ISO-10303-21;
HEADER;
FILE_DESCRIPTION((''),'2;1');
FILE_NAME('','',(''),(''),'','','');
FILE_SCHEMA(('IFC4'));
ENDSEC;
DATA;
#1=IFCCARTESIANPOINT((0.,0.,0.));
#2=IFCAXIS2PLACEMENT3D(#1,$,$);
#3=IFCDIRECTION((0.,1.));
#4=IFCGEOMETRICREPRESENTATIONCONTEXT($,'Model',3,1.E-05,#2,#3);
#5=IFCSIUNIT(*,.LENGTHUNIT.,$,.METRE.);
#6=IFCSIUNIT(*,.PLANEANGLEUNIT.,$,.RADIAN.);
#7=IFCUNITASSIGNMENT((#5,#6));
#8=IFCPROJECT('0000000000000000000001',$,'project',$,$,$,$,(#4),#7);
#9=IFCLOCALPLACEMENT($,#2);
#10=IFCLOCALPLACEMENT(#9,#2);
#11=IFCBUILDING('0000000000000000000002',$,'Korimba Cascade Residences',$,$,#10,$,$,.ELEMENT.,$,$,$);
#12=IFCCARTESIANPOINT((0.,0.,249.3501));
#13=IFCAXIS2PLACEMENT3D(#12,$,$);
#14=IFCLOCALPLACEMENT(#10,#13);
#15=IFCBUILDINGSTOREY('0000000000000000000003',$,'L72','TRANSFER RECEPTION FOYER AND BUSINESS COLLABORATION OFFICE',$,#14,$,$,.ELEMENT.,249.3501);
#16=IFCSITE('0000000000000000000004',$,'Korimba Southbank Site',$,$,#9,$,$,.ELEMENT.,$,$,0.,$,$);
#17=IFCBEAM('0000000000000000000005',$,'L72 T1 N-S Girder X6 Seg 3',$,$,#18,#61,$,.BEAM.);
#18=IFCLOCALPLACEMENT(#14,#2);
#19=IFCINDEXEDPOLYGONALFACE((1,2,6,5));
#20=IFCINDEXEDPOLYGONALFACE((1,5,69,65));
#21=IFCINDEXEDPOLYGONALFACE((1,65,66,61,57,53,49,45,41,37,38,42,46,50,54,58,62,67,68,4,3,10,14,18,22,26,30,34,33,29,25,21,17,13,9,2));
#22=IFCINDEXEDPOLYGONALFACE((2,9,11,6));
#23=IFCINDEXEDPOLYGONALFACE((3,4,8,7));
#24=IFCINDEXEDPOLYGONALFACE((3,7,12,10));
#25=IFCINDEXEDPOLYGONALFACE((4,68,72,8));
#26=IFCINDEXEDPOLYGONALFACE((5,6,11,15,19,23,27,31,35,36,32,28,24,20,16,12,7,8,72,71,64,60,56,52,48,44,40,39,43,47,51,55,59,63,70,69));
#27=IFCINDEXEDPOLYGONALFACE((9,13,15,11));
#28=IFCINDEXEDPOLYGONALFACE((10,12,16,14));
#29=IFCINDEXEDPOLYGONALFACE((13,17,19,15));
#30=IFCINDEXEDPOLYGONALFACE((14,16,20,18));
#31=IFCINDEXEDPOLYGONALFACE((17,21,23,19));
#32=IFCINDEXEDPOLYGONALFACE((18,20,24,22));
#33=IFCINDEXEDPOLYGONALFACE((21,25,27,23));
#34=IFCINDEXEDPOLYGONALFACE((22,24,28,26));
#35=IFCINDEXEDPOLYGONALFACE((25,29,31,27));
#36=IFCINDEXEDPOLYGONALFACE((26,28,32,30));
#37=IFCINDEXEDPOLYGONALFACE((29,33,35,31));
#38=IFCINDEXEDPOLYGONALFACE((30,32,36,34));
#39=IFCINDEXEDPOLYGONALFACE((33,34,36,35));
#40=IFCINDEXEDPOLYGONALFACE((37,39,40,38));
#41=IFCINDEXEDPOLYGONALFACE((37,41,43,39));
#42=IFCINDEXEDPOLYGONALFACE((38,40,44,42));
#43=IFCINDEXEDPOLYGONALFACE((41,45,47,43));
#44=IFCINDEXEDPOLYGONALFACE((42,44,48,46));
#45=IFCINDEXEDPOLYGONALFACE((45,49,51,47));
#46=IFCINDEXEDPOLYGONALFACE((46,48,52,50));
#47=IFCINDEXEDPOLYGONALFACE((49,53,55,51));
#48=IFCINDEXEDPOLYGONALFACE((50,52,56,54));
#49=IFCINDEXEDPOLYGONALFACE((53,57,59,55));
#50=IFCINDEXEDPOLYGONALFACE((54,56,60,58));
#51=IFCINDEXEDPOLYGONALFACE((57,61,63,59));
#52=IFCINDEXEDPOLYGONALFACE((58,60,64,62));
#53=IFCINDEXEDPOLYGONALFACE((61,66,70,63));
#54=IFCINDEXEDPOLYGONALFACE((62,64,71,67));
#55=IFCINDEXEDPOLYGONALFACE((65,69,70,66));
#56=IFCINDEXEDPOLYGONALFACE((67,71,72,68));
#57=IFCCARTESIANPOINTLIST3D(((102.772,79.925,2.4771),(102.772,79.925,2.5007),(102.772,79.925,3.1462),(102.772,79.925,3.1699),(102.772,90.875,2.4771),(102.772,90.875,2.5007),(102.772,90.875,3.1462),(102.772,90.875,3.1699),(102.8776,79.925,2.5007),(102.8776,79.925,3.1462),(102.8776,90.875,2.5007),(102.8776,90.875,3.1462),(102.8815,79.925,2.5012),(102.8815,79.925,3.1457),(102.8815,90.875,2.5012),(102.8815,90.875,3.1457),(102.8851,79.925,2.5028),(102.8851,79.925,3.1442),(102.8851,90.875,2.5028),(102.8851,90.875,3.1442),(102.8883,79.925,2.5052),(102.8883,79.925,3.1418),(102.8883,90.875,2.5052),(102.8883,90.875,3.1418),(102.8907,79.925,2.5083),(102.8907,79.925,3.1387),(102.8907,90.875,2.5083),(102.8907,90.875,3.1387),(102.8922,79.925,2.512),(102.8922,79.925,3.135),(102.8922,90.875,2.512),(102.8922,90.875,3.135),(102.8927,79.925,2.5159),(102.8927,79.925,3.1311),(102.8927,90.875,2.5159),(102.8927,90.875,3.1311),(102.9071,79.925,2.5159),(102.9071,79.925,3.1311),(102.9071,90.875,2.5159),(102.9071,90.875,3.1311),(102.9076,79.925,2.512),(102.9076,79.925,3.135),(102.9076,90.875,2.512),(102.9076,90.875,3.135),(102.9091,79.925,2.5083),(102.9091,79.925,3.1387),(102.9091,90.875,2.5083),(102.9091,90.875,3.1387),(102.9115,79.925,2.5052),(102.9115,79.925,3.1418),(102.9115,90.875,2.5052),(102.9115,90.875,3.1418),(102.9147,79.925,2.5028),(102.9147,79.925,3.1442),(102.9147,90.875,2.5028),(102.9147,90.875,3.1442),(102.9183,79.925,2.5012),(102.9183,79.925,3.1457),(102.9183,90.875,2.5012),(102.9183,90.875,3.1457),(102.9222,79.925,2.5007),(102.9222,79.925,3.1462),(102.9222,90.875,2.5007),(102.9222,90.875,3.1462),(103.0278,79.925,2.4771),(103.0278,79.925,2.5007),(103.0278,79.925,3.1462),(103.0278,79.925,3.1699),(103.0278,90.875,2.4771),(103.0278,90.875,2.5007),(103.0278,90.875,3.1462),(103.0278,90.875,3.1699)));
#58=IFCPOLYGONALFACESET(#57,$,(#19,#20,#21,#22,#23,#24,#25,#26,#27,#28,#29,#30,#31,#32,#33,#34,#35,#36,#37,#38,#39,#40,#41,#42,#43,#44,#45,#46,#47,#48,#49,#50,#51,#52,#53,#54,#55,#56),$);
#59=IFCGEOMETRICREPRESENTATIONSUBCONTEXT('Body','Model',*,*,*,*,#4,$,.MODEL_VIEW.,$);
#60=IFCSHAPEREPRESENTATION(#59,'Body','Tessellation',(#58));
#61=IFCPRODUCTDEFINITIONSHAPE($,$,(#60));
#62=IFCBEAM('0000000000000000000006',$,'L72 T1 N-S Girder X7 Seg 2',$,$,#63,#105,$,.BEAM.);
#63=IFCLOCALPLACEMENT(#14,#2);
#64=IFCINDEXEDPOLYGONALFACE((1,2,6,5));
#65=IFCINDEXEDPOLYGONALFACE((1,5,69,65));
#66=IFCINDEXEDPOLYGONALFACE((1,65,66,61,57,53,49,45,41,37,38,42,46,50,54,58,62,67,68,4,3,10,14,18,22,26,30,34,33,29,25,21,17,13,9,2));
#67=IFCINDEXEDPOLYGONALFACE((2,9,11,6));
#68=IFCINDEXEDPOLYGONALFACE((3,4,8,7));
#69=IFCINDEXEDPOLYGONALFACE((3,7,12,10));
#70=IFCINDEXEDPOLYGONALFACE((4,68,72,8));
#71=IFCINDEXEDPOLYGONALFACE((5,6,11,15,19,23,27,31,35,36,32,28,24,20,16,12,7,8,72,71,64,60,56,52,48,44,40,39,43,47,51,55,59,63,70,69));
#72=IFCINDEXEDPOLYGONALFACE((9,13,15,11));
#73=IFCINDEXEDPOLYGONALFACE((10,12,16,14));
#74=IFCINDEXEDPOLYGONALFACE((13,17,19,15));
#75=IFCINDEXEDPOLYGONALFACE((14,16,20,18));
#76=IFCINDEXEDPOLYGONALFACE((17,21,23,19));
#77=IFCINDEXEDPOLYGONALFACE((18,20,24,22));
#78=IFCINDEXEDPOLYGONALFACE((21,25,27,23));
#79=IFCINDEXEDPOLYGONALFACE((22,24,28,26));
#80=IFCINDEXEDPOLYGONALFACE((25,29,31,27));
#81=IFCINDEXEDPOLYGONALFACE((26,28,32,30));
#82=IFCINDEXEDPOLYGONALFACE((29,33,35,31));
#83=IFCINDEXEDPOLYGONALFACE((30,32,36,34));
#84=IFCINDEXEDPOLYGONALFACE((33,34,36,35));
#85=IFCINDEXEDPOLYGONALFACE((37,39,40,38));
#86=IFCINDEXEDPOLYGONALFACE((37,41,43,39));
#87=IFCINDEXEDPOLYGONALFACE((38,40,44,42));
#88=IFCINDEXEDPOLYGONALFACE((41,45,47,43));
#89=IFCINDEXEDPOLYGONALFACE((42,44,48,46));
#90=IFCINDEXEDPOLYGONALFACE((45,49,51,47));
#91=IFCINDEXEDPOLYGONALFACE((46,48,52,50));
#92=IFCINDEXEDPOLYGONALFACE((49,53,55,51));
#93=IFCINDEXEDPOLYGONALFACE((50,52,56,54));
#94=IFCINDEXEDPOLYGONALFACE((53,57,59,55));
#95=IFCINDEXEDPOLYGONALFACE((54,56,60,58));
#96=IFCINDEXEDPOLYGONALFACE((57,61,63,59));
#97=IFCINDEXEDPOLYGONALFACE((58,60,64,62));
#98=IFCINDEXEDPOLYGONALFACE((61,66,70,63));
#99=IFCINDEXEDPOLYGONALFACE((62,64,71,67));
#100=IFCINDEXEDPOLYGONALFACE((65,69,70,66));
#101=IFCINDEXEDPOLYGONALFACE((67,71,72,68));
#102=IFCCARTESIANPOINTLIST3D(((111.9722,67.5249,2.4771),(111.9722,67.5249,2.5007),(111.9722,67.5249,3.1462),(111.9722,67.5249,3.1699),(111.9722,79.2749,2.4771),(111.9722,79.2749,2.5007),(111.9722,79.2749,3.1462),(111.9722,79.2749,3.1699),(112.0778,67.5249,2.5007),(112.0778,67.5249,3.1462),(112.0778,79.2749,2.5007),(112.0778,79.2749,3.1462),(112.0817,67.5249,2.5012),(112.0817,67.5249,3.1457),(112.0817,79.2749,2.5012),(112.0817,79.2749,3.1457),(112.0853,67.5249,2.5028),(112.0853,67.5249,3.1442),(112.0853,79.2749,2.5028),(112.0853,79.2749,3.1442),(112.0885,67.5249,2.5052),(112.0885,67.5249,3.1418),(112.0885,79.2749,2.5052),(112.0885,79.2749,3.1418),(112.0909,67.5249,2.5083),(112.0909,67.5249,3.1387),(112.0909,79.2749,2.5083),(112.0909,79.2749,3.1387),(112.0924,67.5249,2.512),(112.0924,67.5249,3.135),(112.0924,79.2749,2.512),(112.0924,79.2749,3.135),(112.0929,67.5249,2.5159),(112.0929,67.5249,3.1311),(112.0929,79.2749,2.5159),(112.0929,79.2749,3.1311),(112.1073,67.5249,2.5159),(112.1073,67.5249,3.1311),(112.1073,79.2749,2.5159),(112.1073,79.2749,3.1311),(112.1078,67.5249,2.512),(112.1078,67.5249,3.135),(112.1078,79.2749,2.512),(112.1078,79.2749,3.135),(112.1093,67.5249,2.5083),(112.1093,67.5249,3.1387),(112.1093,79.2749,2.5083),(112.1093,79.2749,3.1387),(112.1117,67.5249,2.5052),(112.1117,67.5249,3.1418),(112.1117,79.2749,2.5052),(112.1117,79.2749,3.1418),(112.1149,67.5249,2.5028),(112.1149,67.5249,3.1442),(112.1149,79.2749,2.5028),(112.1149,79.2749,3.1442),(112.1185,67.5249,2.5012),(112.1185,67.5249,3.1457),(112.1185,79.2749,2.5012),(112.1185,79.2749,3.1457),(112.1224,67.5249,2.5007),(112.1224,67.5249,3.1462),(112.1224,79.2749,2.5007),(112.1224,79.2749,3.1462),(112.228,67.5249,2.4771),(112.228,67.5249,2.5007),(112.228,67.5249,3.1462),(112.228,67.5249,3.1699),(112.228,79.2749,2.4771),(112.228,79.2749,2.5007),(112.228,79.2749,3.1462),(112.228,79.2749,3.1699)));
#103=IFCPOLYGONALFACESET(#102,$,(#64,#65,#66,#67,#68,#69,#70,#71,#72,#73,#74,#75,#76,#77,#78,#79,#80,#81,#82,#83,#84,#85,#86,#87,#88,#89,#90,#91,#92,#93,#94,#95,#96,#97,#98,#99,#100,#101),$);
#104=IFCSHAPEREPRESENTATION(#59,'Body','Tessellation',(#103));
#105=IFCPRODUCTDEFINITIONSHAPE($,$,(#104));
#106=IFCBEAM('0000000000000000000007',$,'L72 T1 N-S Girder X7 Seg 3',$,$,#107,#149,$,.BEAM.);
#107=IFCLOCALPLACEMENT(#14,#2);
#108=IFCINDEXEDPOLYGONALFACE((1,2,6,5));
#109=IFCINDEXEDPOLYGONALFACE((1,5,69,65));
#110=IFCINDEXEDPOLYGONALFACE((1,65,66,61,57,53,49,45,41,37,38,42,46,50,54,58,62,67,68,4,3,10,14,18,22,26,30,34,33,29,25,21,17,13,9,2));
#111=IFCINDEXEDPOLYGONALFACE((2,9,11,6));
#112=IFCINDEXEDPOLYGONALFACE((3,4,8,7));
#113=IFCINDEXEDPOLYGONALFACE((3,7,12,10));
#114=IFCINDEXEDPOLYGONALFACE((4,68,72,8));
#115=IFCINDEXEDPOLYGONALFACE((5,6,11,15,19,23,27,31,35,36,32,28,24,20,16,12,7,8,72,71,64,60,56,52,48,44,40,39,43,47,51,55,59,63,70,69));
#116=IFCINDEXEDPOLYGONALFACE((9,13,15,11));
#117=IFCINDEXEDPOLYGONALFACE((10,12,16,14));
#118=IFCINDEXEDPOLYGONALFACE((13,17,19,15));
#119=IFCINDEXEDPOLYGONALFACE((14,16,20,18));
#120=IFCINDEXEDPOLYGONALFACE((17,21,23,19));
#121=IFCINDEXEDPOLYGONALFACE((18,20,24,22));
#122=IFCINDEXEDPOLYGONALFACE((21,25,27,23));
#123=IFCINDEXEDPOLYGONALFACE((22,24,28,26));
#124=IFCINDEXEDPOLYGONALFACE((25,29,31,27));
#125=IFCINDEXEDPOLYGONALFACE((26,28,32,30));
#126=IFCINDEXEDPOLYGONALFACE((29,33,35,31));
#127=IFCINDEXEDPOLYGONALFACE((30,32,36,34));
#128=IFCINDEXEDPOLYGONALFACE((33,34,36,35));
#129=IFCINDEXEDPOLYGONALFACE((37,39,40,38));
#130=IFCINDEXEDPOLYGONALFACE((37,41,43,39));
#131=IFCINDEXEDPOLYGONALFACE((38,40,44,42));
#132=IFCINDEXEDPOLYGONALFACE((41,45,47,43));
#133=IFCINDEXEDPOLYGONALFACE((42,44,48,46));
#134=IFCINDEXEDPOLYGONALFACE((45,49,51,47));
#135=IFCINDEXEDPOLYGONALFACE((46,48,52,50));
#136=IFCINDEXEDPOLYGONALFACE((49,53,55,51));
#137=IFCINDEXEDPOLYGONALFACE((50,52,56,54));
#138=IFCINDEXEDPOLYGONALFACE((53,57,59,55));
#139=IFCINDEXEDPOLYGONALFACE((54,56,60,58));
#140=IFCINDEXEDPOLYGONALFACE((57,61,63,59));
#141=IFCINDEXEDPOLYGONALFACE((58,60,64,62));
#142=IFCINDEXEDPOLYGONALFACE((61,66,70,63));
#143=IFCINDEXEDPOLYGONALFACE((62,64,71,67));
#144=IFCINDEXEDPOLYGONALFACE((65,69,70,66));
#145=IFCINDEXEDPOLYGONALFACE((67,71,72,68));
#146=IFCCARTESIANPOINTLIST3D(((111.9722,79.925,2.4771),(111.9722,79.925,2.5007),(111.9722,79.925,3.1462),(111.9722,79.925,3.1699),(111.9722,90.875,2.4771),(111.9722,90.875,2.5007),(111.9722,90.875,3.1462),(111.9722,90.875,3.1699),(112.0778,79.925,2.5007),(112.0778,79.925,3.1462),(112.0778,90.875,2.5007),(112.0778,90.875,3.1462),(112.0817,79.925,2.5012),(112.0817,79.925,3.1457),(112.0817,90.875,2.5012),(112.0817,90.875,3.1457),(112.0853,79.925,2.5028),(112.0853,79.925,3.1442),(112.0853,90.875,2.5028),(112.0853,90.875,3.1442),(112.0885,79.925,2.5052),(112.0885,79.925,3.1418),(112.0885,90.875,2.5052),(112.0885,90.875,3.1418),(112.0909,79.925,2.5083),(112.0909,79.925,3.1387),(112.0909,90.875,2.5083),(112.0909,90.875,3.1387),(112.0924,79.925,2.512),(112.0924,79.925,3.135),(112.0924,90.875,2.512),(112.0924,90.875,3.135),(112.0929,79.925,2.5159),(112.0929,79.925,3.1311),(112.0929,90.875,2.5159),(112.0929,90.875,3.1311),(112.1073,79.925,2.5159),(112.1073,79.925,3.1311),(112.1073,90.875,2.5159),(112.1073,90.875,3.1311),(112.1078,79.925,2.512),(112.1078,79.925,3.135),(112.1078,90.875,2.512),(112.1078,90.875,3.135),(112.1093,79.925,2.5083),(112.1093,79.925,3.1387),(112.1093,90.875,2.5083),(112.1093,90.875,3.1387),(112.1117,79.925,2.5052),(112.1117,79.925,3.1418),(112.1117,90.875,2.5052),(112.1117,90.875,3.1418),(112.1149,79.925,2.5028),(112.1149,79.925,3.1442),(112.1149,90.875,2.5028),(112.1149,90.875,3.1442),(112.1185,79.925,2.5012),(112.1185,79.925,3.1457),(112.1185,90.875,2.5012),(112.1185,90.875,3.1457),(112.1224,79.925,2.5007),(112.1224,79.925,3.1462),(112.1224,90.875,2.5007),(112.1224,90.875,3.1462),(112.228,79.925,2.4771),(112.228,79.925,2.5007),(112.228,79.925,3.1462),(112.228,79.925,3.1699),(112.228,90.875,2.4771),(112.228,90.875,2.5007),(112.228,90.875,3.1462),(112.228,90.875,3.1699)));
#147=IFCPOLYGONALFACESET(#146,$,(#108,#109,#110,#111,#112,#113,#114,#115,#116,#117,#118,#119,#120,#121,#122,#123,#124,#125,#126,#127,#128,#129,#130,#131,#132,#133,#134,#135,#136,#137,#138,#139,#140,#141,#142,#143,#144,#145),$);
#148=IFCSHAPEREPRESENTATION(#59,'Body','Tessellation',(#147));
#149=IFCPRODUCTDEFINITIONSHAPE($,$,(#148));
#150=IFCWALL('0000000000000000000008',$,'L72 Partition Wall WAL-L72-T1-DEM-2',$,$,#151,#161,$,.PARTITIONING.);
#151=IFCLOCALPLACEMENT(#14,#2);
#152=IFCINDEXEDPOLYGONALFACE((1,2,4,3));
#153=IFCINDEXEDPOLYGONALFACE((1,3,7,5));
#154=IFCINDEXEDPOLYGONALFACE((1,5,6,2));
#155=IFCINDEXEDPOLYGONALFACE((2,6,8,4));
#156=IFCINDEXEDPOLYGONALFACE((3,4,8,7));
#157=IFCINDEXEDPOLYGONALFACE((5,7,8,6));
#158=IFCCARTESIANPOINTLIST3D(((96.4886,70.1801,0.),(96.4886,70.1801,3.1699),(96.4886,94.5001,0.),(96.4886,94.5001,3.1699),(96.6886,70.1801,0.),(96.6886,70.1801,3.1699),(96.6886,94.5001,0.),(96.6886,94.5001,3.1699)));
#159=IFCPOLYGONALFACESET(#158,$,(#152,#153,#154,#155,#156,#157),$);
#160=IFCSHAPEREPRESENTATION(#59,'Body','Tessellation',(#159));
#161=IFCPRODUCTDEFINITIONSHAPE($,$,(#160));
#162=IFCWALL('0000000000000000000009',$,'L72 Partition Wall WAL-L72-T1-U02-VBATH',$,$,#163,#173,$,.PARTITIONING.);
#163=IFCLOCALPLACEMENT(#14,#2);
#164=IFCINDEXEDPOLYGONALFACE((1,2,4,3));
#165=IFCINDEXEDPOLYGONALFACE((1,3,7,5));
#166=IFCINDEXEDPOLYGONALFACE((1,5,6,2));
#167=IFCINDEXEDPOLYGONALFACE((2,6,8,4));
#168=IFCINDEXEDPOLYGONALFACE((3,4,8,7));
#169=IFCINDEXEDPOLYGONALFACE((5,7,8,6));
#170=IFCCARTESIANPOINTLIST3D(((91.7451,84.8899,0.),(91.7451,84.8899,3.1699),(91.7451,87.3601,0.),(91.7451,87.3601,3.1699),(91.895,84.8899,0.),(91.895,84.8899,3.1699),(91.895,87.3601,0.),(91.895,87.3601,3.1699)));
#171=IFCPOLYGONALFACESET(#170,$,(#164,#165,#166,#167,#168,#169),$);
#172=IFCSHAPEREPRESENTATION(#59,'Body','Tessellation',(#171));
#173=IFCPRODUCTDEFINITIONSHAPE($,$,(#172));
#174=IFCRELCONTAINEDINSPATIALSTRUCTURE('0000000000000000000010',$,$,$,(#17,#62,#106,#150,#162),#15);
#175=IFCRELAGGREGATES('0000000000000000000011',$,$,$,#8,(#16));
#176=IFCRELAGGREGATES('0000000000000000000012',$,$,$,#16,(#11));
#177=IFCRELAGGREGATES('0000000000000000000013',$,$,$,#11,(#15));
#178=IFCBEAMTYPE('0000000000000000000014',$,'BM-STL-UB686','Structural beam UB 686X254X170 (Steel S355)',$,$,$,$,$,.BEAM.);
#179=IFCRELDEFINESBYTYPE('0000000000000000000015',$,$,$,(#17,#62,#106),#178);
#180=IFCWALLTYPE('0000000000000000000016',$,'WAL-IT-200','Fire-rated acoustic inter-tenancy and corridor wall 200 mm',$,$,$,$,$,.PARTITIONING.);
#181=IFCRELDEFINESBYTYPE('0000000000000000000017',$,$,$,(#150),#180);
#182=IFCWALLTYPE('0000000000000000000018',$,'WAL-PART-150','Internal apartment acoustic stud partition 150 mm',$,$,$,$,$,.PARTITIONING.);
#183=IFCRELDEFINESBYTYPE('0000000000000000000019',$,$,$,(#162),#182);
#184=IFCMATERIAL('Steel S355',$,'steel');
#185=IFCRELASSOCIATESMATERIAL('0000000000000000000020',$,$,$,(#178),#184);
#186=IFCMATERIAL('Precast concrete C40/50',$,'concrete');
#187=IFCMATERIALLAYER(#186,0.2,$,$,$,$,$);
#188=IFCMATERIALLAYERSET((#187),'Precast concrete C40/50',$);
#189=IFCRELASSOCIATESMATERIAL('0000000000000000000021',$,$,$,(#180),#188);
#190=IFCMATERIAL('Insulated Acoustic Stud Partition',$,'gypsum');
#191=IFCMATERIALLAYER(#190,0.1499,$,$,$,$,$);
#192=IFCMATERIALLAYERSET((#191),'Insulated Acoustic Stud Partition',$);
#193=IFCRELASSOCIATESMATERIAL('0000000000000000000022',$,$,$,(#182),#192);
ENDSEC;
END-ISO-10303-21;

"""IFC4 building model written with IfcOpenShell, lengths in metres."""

from ifc_helpers import new_model, si_unit, direction, frame, frame_2d, origin, origin_2d, place, context, subcontext, project, spatial, rectangle, i_section, extrude, material, layer, layer_set, material_profile, profile_set, type_object, element, save


model = new_model("IFC4")

# Units and contexts
model_context = context("Model", 3, precision=1e-05, world=origin(), true_north=direction((0.0, 1.0)))
body_context = subcontext(model_context, "Body", "Model", "MODEL_VIEW")
ifc_project = project(units=[si_unit("LENGTHUNIT", "METRE"), si_unit("PLANEANGLEUNIT", "RADIAN")], contexts=[model_context])

# Site, building, storey
site_placement = place(None, origin())
site = spatial("IfcSite", under=ifc_project, at=site_placement, Name="Korimba Southbank Site", CompositionType="ELEMENT", RefElevation=0.0)
building_placement = place(site_placement, origin())
building = spatial("IfcBuilding", under=site, at=building_placement, Name="Korimba Cascade Residences", CompositionType="ELEMENT")
storey_placement = place(building_placement, frame((0.0, 0.0, 249.3501)))
storey = spatial("IfcBuildingStorey", under=building, at=storey_placement, Name="L72", Description="TRANSFER RECEPTION FOYER AND BUSINESS COLLABORATION OFFICE", CompositionType="ELEMENT", Elevation=249.3501)

# Beams
ifc_material_1 = material(Name="Steel S355", Category="steel")
ifc_material_profile_1 = material_profile(ifc_material_1, i_section(OverallWidth=0.2559, OverallDepth=0.6929, WebThickness=0.0144, FlangeThickness=0.0237, FilletRadius=0.0151, at=origin_2d()), Name="Steel S355")
ifc_profile_set_1 = profile_set([ifc_material_profile_1], Name="Steel S355")
beam_type_1 = type_object("IfcBeamType", Name="BM-STL-UB686", Description="Structural beam UB 686X254X170 (Steel S355)", PredefinedType="BEAM", material=ifc_profile_set_1)
beam_1_placement = place(storey_placement, frame((102.8999, 79.925, 2.8235), z_axis=(0.0, 1.0, 0.0), x_axis=(-1.0, 0.0, 0.0)))
element("IfcBeam", 1, at=beam_1_placement, inside=storey, type_object=beam_type_1, Name="L72 T1 N-S Girder X6 Seg 3", PredefinedType="BEAM", context=body_context, shape_type="SweptSolid", body=[
    extrude(i_section(OverallWidth=0.2559, OverallDepth=0.6929, WebThickness=0.0144, FlangeThickness=0.0237, FilletRadius=0.0151, at=origin_2d()), origin(), (0.0, 0.0, 1.0), 10.95),
])
beam_2_placement = place(storey_placement, frame((112.1001, 67.5249, 2.8235), z_axis=(0.0, 1.0, 0.0), x_axis=(-1.0, 0.0, 0.0)))
element("IfcBeam", 2, at=beam_2_placement, inside=storey, type_object=beam_type_1, Name="L72 T1 N-S Girder X7 Seg 2", PredefinedType="BEAM", context=body_context, shape_type="SweptSolid", body=[
    extrude(i_section(OverallWidth=0.2559, OverallDepth=0.6929, WebThickness=0.0144, FlangeThickness=0.0237, FilletRadius=0.0151, at=origin_2d()), origin(), (0.0, 0.0, 1.0), 11.75),
])
beam_3_placement = place(storey_placement, frame((112.1001, 79.925, 2.8235), z_axis=(0.0, 1.0, 0.0), x_axis=(-1.0, 0.0, 0.0)))
element("IfcBeam", 3, at=beam_3_placement, inside=storey, type_object=beam_type_1, Name="L72 T1 N-S Girder X7 Seg 3", PredefinedType="BEAM", context=body_context, shape_type="SweptSolid", body=[
    extrude(i_section(OverallWidth=0.2559, OverallDepth=0.6929, WebThickness=0.0144, FlangeThickness=0.0237, FilletRadius=0.0151, at=origin_2d()), origin(), (0.0, 0.0, 1.0), 10.95),
])

# Walls
ifc_material_2 = material(Name="Precast concrete C40/50", Category="concrete")
ifc_layer_1 = layer(ifc_material_2, 0.2)
ifc_layer_set_1 = layer_set([ifc_layer_1], Name="Precast concrete C40/50")
wall_type_1 = type_object("IfcWallType", Name="WAL-IT-200", Description="Fire-rated acoustic inter-tenancy and corridor wall 200 mm", PredefinedType="PARTITIONING", material=ifc_layer_set_1)
wall_1_placement = place(storey_placement, frame((96.5886, 70.1799, 0.0), z_axis=(0.0, 0.0, 1.0), x_axis=(0.0, 1.0, 0.0)))
element("IfcWall", 4, at=wall_1_placement, inside=storey, type_object=wall_type_1, Name="L72 Partition Wall WAL-L72-T1-DEM-2", PredefinedType="PARTITIONING", context=body_context, shape_type="SweptSolid", body=[
    extrude(rectangle(XDim=24.3201, YDim=0.2, at=frame_2d((12.1602, 0.0))), origin(), (0.0, 0.0, 1.0), 3.1699),
])
ifc_material_3 = material(Name="Insulated Acoustic Stud Partition", Category="gypsum")
ifc_layer_2 = layer(ifc_material_3, 0.1499)
ifc_layer_set_2 = layer_set([ifc_layer_2], Name="Insulated Acoustic Stud Partition")
wall_type_2 = type_object("IfcWallType", Name="WAL-PART-150", Description="Internal apartment acoustic stud partition 150 mm", PredefinedType="PARTITIONING", material=ifc_layer_set_2)
wall_2_placement = place(storey_placement, frame((91.8201, 84.8899, 0.0), z_axis=(0.0, 0.0, 1.0), x_axis=(0.0, 1.0, 0.0)))
element("IfcWall", 5, at=wall_2_placement, inside=storey, type_object=wall_type_2, Name="L72 Partition Wall WAL-L72-T1-U02-VBATH", PredefinedType="PARTITIONING", context=body_context, shape_type="SweptSolid", body=[
    extrude(rectangle(XDim=2.4702, YDim=0.1499, at=frame_2d((1.2351, 0.0))), origin(), (0.0, 0.0, 1.0), 3.1699),
])

save(model, "model.ifc")
